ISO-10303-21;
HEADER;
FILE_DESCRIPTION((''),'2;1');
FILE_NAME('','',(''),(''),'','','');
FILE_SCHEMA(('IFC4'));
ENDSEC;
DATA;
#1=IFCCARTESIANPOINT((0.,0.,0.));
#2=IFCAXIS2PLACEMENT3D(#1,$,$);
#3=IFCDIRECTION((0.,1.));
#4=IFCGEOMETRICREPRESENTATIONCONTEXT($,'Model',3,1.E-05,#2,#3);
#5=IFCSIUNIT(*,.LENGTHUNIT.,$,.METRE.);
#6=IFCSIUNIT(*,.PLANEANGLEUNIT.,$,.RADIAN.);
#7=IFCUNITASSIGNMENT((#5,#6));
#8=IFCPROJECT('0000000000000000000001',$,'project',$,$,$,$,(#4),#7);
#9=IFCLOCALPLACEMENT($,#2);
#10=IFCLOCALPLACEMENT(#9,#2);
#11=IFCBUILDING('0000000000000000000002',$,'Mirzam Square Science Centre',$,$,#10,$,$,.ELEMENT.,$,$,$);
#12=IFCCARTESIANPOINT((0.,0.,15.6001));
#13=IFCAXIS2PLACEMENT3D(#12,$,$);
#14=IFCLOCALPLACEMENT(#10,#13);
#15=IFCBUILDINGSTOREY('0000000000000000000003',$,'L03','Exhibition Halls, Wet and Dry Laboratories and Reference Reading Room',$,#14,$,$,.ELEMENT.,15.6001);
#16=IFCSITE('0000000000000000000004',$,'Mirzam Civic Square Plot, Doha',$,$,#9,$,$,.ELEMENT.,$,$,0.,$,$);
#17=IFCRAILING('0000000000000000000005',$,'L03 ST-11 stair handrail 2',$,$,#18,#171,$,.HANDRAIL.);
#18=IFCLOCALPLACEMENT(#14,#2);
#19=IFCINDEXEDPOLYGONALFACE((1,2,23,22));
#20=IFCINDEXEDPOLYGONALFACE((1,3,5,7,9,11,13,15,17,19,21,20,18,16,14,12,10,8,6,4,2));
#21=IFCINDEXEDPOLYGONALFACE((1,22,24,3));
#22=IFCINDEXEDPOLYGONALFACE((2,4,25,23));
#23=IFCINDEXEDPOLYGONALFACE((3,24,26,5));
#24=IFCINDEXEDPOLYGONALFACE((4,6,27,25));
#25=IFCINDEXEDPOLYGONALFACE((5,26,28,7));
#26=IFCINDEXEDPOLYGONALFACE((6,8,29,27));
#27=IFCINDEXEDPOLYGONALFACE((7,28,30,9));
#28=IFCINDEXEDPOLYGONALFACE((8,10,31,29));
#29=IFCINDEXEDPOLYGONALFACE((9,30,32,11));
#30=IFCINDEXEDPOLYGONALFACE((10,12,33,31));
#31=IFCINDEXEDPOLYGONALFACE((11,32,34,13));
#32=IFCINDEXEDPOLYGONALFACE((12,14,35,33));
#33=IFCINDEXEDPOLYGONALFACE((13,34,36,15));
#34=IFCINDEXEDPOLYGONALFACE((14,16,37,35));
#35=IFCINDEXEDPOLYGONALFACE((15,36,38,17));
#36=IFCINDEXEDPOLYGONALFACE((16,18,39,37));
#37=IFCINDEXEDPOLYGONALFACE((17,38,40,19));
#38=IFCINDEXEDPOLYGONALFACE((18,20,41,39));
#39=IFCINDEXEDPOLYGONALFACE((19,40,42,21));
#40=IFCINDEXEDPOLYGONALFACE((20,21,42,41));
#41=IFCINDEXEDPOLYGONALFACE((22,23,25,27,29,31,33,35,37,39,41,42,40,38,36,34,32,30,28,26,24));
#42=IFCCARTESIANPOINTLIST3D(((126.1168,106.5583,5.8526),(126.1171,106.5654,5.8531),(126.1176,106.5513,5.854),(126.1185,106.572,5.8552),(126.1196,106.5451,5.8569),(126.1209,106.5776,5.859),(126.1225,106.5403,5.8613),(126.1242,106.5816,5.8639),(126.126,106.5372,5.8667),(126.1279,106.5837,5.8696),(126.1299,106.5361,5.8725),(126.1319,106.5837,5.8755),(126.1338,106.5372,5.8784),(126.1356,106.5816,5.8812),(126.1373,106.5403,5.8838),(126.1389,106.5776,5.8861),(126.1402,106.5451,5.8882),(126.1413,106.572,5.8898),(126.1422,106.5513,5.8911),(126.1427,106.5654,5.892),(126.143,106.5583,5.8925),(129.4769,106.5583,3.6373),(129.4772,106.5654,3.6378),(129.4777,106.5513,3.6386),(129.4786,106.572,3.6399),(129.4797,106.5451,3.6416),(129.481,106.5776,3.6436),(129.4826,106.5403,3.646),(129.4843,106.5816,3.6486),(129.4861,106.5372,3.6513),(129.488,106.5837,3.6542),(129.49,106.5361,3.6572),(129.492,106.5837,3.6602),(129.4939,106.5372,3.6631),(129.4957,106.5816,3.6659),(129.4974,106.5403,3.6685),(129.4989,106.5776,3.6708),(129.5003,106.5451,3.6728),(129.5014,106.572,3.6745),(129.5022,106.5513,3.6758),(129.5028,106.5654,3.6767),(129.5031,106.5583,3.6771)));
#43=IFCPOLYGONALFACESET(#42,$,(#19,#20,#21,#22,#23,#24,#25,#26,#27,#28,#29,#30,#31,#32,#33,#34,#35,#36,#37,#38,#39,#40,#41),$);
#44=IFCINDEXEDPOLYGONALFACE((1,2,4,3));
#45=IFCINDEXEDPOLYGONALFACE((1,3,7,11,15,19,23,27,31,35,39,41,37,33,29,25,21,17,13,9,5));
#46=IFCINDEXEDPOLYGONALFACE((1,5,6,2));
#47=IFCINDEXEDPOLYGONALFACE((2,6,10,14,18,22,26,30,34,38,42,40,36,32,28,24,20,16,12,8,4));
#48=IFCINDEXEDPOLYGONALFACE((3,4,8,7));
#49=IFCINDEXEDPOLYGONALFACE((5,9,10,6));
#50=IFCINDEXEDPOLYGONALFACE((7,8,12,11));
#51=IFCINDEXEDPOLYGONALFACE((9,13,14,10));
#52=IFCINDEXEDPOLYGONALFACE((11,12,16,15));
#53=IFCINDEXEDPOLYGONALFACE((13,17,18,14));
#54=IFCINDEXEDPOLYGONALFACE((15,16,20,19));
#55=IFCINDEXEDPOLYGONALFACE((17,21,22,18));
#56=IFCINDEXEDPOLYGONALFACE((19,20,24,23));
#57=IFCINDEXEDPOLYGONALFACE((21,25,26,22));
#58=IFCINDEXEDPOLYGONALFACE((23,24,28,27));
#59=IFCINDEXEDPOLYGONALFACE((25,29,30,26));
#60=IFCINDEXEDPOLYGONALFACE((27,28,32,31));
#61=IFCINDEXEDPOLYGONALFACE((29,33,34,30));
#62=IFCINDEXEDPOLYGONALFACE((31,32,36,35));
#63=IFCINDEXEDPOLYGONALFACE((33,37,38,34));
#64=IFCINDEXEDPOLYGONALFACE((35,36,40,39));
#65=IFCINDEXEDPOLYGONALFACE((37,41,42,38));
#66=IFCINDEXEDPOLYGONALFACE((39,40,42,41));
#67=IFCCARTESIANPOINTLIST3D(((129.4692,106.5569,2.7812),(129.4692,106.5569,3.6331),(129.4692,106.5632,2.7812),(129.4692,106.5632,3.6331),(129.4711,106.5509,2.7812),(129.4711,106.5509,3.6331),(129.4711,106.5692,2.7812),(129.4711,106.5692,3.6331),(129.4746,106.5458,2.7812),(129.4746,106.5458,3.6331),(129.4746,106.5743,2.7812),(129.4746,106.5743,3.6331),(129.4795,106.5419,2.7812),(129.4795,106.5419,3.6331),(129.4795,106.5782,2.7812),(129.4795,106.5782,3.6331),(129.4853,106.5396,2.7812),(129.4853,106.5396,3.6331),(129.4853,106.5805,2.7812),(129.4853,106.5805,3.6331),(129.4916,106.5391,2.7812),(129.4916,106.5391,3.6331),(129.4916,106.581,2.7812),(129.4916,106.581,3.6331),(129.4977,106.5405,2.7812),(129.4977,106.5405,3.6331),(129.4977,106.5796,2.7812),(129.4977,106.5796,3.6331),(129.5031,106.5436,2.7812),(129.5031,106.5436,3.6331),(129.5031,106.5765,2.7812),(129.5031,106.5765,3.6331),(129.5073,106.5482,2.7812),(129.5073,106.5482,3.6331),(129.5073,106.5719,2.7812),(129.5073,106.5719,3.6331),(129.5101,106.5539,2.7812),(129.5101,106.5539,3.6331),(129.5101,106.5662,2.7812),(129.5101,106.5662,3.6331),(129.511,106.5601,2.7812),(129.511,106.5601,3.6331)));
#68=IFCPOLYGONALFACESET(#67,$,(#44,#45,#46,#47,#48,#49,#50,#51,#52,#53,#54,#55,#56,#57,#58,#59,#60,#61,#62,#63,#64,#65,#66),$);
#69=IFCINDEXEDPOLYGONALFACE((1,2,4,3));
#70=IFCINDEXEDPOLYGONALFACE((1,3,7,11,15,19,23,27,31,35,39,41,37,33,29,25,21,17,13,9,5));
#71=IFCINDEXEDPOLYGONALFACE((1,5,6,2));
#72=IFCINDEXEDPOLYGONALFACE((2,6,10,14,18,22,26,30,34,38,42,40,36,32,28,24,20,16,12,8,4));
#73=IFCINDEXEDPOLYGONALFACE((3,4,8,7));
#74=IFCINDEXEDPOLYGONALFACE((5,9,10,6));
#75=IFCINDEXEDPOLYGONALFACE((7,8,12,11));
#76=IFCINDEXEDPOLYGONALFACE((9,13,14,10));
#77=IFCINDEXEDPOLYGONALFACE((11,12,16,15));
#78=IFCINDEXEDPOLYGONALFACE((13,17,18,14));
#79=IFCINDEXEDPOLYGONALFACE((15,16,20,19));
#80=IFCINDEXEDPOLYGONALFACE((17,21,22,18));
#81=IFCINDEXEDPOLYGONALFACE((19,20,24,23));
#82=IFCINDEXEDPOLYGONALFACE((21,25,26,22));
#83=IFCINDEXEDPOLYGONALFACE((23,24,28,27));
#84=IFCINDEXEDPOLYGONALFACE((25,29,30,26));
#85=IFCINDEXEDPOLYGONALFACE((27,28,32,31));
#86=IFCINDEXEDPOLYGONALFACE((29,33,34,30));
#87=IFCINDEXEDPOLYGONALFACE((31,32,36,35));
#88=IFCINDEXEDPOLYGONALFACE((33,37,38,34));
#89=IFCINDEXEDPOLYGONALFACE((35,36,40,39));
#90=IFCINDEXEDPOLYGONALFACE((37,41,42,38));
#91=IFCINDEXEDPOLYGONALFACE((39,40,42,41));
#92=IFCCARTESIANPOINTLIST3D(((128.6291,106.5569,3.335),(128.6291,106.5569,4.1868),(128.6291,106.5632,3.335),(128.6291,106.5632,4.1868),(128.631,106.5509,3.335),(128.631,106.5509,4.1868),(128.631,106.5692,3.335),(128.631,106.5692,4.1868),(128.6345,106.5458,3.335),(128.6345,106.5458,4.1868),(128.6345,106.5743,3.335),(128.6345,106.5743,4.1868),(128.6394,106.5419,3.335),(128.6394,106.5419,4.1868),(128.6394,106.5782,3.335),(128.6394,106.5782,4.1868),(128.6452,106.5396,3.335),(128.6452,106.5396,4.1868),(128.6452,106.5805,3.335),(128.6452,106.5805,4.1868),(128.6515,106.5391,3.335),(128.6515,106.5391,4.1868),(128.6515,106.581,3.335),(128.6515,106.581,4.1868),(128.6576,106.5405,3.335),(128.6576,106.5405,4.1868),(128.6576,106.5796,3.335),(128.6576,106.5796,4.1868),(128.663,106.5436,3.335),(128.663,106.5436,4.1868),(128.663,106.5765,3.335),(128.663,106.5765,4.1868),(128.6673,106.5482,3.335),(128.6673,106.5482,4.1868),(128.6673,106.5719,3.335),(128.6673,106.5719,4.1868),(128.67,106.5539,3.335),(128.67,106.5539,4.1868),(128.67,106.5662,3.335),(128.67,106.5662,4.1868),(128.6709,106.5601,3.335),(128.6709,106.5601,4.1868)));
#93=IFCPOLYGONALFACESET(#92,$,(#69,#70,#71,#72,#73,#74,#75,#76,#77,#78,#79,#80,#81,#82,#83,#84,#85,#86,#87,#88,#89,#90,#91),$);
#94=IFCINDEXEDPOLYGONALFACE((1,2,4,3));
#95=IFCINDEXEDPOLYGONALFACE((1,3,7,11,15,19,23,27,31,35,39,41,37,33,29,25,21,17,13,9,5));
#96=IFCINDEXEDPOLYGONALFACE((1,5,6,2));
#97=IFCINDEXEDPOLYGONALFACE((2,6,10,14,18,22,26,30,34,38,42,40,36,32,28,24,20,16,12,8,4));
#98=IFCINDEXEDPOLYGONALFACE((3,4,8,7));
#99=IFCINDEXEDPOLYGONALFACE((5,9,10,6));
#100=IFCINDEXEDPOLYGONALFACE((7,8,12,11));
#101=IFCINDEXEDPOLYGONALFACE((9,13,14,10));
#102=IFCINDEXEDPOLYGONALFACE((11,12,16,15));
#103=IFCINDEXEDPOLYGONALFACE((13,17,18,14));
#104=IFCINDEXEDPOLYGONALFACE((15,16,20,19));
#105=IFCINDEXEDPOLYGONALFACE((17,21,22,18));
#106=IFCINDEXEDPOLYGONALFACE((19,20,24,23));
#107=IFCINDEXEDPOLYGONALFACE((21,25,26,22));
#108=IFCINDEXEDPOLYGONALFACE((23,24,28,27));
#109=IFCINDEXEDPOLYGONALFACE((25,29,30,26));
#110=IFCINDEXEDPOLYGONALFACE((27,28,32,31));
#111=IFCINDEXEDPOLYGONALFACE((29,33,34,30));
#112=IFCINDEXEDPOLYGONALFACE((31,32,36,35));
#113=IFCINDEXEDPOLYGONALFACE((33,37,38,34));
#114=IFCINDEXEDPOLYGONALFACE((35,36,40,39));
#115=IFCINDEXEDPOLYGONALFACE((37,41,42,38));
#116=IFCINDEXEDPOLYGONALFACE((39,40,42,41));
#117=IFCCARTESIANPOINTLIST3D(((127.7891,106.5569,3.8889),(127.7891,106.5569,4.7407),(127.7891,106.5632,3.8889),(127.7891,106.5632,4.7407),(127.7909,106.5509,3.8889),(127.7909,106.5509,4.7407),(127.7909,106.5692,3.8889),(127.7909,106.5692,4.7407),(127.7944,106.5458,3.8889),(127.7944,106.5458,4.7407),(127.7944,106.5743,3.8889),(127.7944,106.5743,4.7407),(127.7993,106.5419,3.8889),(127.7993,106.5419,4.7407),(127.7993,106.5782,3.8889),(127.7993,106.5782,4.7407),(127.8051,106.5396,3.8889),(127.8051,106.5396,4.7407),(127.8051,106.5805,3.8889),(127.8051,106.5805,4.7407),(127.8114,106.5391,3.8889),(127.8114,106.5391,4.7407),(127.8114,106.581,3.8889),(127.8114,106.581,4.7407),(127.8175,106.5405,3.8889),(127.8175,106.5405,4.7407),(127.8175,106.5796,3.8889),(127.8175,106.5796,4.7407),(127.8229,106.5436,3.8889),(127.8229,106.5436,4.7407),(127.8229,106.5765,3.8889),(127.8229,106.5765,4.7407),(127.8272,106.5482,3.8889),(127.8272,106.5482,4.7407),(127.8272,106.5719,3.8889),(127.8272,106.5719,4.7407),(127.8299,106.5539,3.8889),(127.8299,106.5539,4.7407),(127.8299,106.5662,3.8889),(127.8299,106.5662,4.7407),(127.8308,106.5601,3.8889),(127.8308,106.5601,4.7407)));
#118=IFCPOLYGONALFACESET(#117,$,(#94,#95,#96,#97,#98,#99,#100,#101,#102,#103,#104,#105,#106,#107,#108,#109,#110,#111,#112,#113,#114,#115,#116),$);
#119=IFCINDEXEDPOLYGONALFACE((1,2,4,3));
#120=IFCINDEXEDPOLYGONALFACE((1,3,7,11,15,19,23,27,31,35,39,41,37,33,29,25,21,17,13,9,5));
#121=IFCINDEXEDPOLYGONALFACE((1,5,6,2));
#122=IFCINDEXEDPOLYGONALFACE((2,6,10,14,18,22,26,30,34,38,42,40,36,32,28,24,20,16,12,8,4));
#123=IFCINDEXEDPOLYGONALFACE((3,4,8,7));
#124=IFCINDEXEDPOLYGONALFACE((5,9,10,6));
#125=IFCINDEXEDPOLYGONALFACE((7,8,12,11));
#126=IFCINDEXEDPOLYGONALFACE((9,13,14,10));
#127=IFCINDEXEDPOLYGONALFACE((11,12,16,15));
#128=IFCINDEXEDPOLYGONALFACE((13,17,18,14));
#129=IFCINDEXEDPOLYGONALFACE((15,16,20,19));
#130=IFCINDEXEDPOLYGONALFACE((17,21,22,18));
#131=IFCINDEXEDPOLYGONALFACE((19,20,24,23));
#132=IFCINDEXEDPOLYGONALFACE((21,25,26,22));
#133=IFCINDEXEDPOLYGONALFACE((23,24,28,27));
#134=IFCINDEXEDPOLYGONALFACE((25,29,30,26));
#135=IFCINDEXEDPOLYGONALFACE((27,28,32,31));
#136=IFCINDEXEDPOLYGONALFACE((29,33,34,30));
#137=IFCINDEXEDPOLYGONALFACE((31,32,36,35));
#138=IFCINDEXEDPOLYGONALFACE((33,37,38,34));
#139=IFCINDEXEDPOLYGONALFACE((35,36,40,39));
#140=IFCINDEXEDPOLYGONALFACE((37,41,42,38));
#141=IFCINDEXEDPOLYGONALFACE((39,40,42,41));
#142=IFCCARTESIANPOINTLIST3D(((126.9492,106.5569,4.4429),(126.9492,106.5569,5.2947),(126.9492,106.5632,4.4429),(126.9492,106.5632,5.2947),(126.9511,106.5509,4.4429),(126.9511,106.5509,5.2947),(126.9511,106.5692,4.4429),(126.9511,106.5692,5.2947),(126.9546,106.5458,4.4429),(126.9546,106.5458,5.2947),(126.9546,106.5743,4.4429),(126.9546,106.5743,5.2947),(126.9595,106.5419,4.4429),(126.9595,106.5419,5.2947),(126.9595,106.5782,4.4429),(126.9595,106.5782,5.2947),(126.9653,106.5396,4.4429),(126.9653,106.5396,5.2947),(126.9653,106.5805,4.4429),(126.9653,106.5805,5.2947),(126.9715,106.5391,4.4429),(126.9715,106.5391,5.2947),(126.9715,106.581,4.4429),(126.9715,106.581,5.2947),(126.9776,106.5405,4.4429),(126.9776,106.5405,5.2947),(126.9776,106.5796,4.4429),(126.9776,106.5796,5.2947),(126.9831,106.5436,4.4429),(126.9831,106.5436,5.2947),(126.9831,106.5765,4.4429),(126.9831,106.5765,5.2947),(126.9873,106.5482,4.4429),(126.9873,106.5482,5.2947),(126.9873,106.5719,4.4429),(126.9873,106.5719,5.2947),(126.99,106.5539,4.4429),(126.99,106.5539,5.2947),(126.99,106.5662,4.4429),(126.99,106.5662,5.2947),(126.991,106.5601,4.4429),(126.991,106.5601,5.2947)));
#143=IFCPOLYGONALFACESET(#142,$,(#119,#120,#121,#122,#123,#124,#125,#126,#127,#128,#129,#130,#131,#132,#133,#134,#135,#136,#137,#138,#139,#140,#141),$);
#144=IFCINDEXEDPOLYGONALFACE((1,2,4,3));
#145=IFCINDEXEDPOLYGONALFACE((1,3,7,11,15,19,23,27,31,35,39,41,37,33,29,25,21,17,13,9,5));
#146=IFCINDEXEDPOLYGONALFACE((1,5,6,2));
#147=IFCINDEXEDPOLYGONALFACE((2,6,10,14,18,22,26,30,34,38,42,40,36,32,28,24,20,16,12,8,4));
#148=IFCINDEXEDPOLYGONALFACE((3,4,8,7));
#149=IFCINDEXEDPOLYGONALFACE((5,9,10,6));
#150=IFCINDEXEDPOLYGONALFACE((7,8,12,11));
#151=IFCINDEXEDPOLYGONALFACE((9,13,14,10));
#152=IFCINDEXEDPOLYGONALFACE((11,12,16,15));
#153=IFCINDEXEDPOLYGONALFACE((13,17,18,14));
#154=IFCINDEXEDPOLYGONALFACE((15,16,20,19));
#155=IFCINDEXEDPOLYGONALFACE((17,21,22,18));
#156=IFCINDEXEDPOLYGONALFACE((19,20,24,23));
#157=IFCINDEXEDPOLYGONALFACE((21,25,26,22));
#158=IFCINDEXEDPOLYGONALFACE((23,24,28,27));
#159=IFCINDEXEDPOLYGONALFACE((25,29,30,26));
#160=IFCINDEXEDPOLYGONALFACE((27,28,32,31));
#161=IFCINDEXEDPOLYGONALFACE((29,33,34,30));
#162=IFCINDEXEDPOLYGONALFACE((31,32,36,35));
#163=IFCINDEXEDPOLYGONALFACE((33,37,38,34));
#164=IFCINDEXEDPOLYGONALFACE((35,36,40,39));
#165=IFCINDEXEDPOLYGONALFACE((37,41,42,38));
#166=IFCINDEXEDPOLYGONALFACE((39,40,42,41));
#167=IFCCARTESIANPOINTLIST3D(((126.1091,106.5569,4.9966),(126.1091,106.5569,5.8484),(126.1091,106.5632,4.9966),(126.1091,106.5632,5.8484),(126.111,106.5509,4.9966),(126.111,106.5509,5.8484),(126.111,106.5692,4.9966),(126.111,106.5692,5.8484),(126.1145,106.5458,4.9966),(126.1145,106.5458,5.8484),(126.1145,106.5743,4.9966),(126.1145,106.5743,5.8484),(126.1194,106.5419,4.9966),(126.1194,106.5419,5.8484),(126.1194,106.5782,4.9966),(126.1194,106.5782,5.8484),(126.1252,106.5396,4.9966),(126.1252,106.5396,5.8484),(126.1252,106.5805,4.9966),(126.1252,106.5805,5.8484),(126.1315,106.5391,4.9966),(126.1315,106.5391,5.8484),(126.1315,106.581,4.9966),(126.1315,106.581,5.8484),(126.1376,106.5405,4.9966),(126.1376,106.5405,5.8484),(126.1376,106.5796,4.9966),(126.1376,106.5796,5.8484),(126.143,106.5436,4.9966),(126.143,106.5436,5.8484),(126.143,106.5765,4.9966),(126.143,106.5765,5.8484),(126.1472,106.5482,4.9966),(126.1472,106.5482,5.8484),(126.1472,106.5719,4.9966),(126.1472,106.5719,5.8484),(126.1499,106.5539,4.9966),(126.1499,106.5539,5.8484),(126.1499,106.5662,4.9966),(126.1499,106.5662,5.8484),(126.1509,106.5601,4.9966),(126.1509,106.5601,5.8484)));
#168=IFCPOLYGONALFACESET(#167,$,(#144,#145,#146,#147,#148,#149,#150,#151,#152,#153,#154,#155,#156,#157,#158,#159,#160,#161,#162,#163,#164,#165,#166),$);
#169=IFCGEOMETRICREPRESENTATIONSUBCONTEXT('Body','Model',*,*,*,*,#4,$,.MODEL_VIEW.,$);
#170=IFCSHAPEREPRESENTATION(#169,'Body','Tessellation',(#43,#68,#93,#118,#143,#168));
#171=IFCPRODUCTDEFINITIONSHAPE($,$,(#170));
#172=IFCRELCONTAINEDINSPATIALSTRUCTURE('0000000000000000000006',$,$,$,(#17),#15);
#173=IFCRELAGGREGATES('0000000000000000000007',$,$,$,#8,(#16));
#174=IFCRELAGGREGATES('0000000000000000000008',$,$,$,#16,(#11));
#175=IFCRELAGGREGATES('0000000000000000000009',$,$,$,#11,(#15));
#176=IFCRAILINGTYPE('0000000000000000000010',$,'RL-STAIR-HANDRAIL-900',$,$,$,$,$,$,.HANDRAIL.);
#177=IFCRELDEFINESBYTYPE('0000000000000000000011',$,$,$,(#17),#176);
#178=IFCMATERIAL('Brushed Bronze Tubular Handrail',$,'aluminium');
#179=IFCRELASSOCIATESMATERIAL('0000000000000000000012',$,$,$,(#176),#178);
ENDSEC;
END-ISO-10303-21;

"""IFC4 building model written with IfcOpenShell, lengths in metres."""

from ifc_helpers import new_model, si_unit, direction, frame, origin, origin_2d, place, context, subcontext, project, spatial, circle, extrude, material, type_object, element, save


model = new_model("IFC4")

# Units and contexts
model_context = context("Model", 3, precision=1e-05, world=origin(), true_north=direction((0.0, 1.0)))
body_context = subcontext(model_context, "Body", "Model", "MODEL_VIEW")
ifc_project = project(units=[si_unit("LENGTHUNIT", "METRE"), si_unit("PLANEANGLEUNIT", "RADIAN")], contexts=[model_context])

# Site, building, storey
site_placement = place(None, origin())
site = spatial("IfcSite", under=ifc_project, at=site_placement, Name="Mirzam Civic Square Plot, Doha", CompositionType="ELEMENT", RefElevation=0.0)
building_placement = place(site_placement, origin())
building = spatial("IfcBuilding", under=site, at=building_placement, Name="Mirzam Square Science Centre", CompositionType="ELEMENT")
storey_placement = place(building_placement, frame((0.0, 0.0, 15.6001)))
storey = spatial("IfcBuildingStorey", under=building, at=storey_placement, Name="L03", Description="Exhibition Halls, Wet and Dry Laboratories and Reference Reading Room", CompositionType="ELEMENT", Elevation=15.6001)

# Railing
ifc_material_1 = material(Name="Brushed Bronze Tubular Handrail", Category="aluminium")
railing_type_1 = type_object("IfcRailingType", Name="RL-STAIR-HANDRAIL-900", PredefinedType="HANDRAIL", material=ifc_material_1)
railing_1_placement = place(storey_placement, frame((129.49, 106.5601, 2.7812)))
element("IfcRailing", 1, at=railing_1_placement, inside=storey, type_object=railing_type_1, Name="L03 ST-11 stair handrail 2", PredefinedType="HANDRAIL", context=body_context, shape_type="SweptSolid", body=[
    extrude(circle(Radius=0.0239, at=origin_2d()), frame((0.0, 0.0, 0.876), z_axis=(-0.834876, 0.0, 0.550437), x_axis=(0.0, -1.0, 0.0)), (0.0, 0.0, 1.0), 4.0247),
    extrude(circle(Radius=0.021, at=origin_2d()), origin(), (0.0, 0.0, 1.0), 0.8518),
    extrude(circle(Radius=0.021, at=origin_2d()), frame((-0.8401, 0.0, 0.5537)), (0.0, 0.0, 1.0), 0.8518),
    extrude(circle(Radius=0.021, at=origin_2d()), frame((-1.6802, 0.0, 1.1077)), (0.0, 0.0, 1.0), 0.8518),
    extrude(circle(Radius=0.021, at=origin_2d()), frame((-2.52, 0.0, 1.6616)), (0.0, 0.0, 1.0), 0.8518),
    extrude(circle(Radius=0.021, at=origin_2d()), frame((-3.3601, 0.0, 2.2153)), (0.0, 0.0, 1.0), 0.8518),
])

save(model, "model.ifc")
